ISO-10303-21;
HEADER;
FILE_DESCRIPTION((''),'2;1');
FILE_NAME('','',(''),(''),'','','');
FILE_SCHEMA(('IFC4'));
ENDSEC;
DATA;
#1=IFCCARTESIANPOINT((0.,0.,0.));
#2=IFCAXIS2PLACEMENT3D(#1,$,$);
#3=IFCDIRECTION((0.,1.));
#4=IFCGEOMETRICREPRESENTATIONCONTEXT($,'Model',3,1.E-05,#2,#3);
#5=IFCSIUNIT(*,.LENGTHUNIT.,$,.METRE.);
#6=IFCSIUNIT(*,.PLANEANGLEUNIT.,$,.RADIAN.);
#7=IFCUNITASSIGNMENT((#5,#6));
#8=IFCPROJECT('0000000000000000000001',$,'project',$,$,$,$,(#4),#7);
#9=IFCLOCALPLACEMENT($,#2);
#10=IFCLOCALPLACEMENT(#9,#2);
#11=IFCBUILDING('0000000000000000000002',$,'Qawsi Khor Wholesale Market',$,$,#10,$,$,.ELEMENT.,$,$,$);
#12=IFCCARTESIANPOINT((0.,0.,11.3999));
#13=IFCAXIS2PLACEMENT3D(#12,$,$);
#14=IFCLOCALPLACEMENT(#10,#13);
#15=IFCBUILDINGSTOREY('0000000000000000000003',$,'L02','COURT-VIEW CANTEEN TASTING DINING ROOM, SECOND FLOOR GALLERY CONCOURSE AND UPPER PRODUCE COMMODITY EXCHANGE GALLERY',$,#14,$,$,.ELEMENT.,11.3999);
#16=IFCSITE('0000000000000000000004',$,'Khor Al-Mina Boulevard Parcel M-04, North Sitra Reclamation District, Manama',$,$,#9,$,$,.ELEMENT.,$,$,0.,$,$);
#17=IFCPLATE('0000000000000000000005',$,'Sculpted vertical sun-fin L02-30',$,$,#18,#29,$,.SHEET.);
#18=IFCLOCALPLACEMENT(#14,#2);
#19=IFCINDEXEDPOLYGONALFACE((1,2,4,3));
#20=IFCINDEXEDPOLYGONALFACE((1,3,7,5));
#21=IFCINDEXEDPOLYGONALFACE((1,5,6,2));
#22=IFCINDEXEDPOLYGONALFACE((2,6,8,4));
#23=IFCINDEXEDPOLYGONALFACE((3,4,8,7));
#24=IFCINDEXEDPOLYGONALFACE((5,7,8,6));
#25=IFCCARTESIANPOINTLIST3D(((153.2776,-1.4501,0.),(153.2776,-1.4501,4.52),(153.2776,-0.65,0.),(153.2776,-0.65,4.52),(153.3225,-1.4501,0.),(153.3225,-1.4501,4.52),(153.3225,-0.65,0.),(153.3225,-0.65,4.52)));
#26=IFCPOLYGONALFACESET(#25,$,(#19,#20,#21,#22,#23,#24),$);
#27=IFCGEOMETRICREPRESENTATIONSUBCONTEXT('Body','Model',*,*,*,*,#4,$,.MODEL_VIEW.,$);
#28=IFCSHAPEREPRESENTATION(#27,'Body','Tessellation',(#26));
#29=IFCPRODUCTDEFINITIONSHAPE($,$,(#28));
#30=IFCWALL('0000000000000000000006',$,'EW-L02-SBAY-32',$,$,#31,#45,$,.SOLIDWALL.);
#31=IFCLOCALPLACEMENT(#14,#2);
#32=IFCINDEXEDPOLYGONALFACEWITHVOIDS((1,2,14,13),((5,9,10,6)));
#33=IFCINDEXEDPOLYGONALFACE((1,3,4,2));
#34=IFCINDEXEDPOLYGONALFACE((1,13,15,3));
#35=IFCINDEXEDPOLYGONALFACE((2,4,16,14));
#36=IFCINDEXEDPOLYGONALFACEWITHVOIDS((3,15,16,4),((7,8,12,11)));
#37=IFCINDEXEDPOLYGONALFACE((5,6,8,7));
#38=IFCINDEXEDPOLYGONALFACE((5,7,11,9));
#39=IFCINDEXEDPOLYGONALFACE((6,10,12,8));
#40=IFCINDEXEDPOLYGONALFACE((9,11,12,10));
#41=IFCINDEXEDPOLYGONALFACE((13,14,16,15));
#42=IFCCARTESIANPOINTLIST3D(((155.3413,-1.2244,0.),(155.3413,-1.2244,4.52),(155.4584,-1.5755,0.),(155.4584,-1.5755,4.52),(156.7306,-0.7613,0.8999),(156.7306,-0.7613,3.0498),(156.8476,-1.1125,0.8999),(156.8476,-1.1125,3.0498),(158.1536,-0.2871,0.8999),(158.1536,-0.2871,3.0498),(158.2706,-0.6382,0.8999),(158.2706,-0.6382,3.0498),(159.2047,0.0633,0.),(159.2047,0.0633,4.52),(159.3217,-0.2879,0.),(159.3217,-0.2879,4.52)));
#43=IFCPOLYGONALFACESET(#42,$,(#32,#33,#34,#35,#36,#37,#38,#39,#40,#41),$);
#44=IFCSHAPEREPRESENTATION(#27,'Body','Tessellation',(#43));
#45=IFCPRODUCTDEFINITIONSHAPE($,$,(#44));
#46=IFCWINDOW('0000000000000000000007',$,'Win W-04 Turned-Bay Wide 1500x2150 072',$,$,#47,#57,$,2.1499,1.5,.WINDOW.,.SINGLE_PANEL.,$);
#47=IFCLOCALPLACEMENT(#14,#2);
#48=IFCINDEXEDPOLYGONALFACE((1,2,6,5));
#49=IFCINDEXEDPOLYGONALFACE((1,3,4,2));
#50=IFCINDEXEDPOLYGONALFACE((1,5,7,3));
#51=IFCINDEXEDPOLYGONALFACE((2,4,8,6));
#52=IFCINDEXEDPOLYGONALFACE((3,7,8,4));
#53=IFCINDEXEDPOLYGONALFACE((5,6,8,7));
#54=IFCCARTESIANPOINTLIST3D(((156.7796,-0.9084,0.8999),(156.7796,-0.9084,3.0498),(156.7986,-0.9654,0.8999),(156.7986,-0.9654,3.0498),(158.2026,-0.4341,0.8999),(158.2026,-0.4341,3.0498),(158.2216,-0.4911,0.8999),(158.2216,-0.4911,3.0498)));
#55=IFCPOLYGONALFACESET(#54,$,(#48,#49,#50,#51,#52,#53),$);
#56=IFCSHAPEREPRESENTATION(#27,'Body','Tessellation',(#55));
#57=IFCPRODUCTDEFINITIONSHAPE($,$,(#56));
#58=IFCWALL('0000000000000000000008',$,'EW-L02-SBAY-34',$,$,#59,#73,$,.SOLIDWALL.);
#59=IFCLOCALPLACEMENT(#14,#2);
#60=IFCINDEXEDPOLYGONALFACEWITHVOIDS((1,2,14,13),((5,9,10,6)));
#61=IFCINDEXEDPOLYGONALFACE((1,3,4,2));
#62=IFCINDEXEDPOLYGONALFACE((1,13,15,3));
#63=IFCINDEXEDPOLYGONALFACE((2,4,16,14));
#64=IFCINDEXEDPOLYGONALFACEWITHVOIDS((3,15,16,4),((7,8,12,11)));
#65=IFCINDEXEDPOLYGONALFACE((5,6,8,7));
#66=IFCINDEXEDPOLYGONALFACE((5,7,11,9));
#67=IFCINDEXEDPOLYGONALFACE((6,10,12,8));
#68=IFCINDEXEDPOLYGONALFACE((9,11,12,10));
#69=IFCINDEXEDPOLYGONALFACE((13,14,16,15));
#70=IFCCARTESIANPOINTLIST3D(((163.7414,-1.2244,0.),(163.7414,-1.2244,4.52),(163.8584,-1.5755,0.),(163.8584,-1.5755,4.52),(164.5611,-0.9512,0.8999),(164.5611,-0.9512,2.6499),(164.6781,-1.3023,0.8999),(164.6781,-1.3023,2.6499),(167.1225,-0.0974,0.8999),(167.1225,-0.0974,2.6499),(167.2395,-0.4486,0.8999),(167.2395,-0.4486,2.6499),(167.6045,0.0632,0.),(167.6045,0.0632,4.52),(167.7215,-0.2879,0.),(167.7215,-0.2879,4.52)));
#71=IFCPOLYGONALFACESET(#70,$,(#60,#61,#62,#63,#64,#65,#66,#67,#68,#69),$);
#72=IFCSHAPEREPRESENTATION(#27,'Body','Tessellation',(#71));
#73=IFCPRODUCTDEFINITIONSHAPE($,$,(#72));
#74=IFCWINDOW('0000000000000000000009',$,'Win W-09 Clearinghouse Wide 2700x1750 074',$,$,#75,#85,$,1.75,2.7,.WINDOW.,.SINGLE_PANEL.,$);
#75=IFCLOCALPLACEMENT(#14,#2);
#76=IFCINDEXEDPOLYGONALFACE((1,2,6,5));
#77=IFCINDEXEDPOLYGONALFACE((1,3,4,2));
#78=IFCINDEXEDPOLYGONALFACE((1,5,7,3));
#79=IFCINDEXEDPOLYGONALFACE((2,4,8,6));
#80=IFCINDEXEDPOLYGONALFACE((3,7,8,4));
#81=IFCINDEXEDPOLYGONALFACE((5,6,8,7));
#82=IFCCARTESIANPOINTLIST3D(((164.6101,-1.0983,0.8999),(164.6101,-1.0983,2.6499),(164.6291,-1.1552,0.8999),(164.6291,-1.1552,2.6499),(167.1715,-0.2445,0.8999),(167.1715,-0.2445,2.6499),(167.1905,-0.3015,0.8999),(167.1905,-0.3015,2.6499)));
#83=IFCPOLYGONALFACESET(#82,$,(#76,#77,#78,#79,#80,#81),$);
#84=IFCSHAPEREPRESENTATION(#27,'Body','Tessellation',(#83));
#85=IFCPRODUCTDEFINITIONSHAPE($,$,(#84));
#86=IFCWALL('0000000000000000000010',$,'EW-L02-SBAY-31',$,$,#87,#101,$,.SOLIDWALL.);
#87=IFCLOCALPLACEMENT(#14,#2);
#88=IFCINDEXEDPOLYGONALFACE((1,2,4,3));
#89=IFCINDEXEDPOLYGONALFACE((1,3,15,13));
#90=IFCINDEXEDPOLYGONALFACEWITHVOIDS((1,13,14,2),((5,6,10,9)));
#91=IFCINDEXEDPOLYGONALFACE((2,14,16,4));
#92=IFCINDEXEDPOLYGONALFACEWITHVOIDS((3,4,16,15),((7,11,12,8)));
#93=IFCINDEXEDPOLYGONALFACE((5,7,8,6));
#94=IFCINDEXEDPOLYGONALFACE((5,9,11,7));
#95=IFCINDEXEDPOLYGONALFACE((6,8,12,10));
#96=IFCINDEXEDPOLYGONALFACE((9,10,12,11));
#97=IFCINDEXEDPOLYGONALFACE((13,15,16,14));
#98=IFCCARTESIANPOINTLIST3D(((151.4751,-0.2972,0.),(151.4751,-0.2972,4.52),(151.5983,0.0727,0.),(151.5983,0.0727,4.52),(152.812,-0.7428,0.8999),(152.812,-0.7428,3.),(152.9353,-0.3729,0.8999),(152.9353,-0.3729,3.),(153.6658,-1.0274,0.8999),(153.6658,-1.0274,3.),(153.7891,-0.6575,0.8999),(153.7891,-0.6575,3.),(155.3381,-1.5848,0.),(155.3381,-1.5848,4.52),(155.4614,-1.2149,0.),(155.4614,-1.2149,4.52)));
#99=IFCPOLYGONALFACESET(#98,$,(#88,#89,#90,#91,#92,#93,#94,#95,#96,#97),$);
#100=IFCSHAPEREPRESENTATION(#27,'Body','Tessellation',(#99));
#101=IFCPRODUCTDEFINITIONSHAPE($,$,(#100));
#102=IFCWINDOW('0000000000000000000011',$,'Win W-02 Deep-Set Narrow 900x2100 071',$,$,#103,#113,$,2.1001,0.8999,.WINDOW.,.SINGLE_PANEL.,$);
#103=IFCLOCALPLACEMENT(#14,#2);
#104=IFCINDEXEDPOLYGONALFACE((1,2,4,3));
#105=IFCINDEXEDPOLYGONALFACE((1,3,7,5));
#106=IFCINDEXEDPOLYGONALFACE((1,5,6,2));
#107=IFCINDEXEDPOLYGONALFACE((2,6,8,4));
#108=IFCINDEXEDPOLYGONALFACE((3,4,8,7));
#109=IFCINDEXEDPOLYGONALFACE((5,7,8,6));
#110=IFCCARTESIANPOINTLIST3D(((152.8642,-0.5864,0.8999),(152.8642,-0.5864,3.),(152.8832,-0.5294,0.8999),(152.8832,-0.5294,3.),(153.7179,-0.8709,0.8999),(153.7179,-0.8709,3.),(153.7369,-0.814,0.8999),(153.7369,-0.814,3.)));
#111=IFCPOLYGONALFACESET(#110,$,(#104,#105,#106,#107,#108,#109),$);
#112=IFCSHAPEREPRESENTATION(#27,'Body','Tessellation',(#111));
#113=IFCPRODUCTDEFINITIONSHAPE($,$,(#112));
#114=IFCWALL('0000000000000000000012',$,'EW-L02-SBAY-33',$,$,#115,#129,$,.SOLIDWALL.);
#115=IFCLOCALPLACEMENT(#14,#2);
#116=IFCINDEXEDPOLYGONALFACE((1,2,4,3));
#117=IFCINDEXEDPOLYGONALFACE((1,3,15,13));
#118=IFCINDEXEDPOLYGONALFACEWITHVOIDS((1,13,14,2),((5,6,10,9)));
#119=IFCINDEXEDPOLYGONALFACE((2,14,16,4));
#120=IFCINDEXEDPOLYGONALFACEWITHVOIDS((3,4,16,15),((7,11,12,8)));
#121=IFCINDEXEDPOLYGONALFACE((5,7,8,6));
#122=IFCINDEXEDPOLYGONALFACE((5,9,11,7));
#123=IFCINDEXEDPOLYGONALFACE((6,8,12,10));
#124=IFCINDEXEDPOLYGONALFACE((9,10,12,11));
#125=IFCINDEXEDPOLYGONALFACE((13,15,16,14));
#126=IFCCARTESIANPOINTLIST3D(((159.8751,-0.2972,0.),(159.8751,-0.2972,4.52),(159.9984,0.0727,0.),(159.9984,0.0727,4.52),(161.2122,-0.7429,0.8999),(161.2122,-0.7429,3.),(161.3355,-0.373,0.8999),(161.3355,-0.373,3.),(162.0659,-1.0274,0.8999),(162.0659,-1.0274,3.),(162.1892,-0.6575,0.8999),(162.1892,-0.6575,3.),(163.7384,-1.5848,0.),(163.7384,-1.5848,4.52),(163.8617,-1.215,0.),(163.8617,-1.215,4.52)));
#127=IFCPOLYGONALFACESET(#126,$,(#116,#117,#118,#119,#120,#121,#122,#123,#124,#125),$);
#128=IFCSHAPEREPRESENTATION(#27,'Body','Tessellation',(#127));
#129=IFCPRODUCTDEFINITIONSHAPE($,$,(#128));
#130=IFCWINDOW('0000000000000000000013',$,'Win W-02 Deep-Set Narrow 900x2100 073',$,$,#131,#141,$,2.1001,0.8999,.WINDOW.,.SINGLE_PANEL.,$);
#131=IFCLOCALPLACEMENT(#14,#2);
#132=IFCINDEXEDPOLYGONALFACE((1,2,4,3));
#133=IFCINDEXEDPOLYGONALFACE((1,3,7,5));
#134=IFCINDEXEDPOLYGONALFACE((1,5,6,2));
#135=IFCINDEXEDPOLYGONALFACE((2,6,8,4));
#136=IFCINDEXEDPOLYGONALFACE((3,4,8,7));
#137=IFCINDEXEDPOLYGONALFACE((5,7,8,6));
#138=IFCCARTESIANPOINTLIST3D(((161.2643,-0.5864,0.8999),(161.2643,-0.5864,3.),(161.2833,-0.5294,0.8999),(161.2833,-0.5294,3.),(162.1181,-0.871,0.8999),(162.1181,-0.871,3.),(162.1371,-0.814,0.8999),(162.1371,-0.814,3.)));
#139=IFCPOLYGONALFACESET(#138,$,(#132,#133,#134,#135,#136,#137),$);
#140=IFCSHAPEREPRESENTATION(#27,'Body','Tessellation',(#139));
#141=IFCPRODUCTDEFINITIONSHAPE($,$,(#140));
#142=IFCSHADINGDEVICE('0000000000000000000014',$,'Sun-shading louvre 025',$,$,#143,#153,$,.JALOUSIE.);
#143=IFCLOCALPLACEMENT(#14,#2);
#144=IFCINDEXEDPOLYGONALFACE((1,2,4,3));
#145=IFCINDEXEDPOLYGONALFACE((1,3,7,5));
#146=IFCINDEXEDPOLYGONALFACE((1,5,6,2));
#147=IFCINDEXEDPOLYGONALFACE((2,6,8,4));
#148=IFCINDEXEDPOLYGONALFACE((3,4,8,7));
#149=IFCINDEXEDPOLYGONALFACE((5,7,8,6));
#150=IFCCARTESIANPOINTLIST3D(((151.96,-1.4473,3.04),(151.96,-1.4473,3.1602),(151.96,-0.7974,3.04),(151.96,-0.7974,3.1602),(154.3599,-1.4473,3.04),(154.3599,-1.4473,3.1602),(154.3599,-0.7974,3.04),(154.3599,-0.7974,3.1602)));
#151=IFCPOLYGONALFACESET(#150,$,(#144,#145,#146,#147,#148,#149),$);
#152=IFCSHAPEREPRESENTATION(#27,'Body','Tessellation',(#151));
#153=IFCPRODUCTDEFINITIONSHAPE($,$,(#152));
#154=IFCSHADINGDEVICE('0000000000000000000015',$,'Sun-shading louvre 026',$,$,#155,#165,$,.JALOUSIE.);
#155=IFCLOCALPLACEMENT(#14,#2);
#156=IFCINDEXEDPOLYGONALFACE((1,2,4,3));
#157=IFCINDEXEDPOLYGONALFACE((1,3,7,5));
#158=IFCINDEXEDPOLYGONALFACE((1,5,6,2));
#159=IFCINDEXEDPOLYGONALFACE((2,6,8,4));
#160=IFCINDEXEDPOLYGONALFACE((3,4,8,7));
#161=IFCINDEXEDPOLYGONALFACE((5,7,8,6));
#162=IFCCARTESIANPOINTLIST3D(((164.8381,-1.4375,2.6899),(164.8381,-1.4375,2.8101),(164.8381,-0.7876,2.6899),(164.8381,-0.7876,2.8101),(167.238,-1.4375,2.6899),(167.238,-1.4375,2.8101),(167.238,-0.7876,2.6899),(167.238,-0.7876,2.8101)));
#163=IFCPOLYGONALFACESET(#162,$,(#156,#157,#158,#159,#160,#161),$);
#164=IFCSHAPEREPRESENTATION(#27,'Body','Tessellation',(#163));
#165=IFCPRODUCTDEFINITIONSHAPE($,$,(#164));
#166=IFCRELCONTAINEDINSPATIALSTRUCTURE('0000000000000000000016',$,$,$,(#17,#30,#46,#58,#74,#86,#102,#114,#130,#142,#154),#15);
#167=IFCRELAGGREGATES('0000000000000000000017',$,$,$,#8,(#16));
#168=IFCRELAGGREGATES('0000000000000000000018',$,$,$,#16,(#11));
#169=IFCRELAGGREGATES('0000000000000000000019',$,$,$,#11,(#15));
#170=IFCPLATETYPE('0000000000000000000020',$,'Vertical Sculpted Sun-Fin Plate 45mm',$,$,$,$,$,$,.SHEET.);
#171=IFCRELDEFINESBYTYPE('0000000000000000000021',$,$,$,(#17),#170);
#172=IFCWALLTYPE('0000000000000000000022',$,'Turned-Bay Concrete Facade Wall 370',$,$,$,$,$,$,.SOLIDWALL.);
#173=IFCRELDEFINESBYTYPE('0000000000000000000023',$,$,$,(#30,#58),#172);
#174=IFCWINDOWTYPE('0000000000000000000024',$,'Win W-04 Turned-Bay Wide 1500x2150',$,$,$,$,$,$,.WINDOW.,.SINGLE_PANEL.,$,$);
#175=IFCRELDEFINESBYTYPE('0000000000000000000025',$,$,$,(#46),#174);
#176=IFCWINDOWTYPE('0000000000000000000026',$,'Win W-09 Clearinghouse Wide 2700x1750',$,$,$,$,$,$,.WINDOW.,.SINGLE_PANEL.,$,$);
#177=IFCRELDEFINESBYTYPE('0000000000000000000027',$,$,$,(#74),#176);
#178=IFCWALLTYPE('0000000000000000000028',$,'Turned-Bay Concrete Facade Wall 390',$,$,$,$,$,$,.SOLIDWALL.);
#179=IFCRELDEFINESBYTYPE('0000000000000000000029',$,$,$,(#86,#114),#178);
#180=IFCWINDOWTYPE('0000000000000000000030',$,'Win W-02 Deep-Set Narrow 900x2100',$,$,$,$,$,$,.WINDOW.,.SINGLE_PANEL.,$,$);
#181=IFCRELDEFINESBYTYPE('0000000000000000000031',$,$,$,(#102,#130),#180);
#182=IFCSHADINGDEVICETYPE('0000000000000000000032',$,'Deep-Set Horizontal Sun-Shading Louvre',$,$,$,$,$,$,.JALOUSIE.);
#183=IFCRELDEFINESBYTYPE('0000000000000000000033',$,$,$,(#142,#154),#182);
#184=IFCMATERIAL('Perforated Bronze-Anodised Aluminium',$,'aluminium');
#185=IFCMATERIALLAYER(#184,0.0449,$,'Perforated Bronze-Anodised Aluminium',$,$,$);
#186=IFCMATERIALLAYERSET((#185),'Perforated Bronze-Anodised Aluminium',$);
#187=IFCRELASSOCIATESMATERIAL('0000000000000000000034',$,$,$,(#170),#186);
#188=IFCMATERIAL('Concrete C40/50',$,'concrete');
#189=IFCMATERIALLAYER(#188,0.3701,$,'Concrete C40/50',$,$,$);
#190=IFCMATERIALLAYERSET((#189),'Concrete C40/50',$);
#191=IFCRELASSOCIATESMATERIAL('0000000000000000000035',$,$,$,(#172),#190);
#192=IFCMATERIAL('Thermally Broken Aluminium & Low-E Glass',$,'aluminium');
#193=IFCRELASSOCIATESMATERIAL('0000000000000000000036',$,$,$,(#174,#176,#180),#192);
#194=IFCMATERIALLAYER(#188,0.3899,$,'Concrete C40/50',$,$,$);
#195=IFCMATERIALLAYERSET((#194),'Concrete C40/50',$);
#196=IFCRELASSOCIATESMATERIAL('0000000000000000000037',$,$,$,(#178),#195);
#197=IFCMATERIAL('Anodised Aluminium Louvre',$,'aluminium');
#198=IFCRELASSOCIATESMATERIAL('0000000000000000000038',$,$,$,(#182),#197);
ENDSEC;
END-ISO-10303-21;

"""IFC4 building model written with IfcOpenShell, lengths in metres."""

from ifc_helpers import new_model, si_unit, direction, frame, frame_2d, origin, origin_2d, place, context, subcontext, project, spatial, rectangle, extrude, material, layer, layer_set, type_object, element, fill, save


model = new_model("IFC4")

# Units and contexts
model_context = context("Model", 3, precision=1e-05, world=origin(), true_north=direction((0.0, 1.0)))
body_context = subcontext(model_context, "Body", "Model", "MODEL_VIEW")
ifc_project = project(units=[si_unit("LENGTHUNIT", "METRE"), si_unit("PLANEANGLEUNIT", "RADIAN")], contexts=[model_context])

# Site, building, storey
site_placement = place(None, origin())
site = spatial("IfcSite", under=ifc_project, at=site_placement, Name="Khor Al-Mina Boulevard Parcel M-04, North Sitra Reclamation District, Manama", CompositionType="ELEMENT", RefElevation=0.0)
building_placement = place(site_placement, origin())
building = spatial("IfcBuilding", under=site, at=building_placement, Name="Qawsi Khor Wholesale Market", CompositionType="ELEMENT")
storey_placement = place(building_placement, frame((0.0, 0.0, 11.3999)))
storey = spatial("IfcBuildingStorey", under=building, at=storey_placement, Name="L02", Description="COURT-VIEW CANTEEN TASTING DINING ROOM, SECOND FLOOR GALLERY CONCOURSE AND UPPER PRODUCE COMMODITY EXCHANGE GALLERY", CompositionType="ELEMENT", Elevation=11.3999)

# Shared definitions
ifc_material_1 = material(Name="Concrete C40/50", Category="concrete")

# Plate
ifc_material_2 = material(Name="Perforated Bronze-Anodised Aluminium", Category="aluminium")
ifc_layer_1 = layer(ifc_material_2, 0.0449, Name="Perforated Bronze-Anodised Aluminium")
ifc_layer_set_1 = layer_set([ifc_layer_1], Name="Perforated Bronze-Anodised Aluminium")
plate_type_1 = type_object("IfcPlateType", Name="Vertical Sculpted Sun-Fin Plate 45mm", PredefinedType="SHEET", material=ifc_layer_set_1)
plate_1_placement = place(storey_placement, frame((153.3, -1.45, 0.0), z_axis=(0.0, 0.0, 1.0), x_axis=(0.0, 1.0, 0.0)))
element("IfcPlate", 1, at=plate_1_placement, inside=storey, type_object=plate_type_1, Name="Sculpted vertical sun-fin L02-30", PredefinedType="SHEET", context=body_context, shape_type="SweptSolid", body=[
    extrude(rectangle(XDim=0.8, YDim=0.0449, at=frame_2d((0.3999, 0.0))), origin(), (0.0, 0.0, 1.0), 4.52),
])

# Walls, openings, windows
ifc_layer_2 = layer(ifc_material_1, 0.3701, Name="Concrete C40/50")
ifc_layer_set_2 = layer_set([ifc_layer_2], Name="Concrete C40/50")
wall_type_1 = type_object("IfcWallType", Name="Turned-Bay Concrete Facade Wall 370", PredefinedType="SOLIDWALL", material=ifc_layer_set_2)
wall_1_placement = place(storey_placement, frame((159.2632, -0.1123, 0.0), z_axis=(0.0, 0.0, 1.0), x_axis=(-0.948695, -0.316192, 0.0)))
wall_1 = element("IfcWall", 2, at=wall_1_placement, inside=storey, type_object=wall_type_1, Name="EW-L02-SBAY-32", PredefinedType="SOLIDWALL", context=body_context, shape_type="SweptSolid", body=[
    extrude(rectangle(XDim=4.0723, YDim=0.3701, at=frame_2d((2.0361, 0.0))), origin(), (0.0, 0.0, 1.0), 4.52),
])
opening_1_placement = place(wall_1_placement, frame((1.1079, 0.0, 0.8999)))
opening_1 = element("IfcOpeningElement", 3, at=opening_1_placement, cuts=wall_1, PredefinedType="OPENING", context=body_context, shape_type="SweptSolid", body=[
    extrude(rectangle(XDim=1.5, YDim=2.1499, at=frame_2d((0.75, 1.075))), frame((0.0, 0.1951, 0.0), z_axis=(0.0, -1.0, 0.0), x_axis=(1.0, 0.0, 0.0)), (0.0, 0.0, 1.0), 0.3901),
])
ifc_material_3 = material(Name="Thermally Broken Aluminium & Low-E Glass", Category="aluminium")
window_type_1 = type_object("IfcWindowType", Name="Win W-04 Turned-Bay Wide 1500x2150", PartitioningType="SINGLE_PANEL", PredefinedType="WINDOW", material=ifc_material_3)
window_1_placement = place(opening_1_placement, origin())
window_1 = element("IfcWindow", 4, at=window_1_placement, inside=storey, type_object=window_type_1, Name="Win W-04 Turned-Bay Wide 1500x2150 072", OverallHeight=2.1499, OverallWidth=1.5, PartitioningType="SINGLE_PANEL", PredefinedType="WINDOW", context=body_context, shape_type="SweptSolid", body=[
    extrude(rectangle(XDim=1.5, YDim=2.1499, at=frame_2d((0.75, 1.075))), frame((0.0, 0.03, 0.0), z_axis=(0.0, -1.0, 0.0), x_axis=(1.0, 0.0, 0.0)), (0.0, 0.0, 1.0), 0.0601),
])
fill(opening_1, window_1)
wall_2_placement = place(storey_placement, frame((167.6631, -0.1123, 0.0), z_axis=(0.0, 0.0, 1.0), x_axis=(-0.948689, -0.31621, 0.0)))
wall_2 = element("IfcWall", 5, at=wall_2_placement, inside=storey, type_object=wall_type_1, Name="EW-L02-SBAY-34", PredefinedType="SOLIDWALL", context=body_context, shape_type="SweptSolid", body=[
    extrude(rectangle(XDim=4.072, YDim=0.3701, at=frame_2d((2.0361, 0.0))), origin(), (0.0, 0.0, 1.0), 4.52),
])
opening_2_placement = place(wall_2_placement, frame((0.5081, 0.0, 0.8999)))
opening_2 = element("IfcOpeningElement", 6, at=opening_2_placement, cuts=wall_2, PredefinedType="OPENING", context=body_context, shape_type="SweptSolid", body=[
    extrude(rectangle(XDim=2.7, YDim=1.75, at=frame_2d((1.3501, 0.875))), frame((0.0, 0.1951, 0.0), z_axis=(0.0, -1.0, 0.0), x_axis=(1.0, 0.0, 0.0)), (0.0, 0.0, 1.0), 0.3901),
])
window_type_2 = type_object("IfcWindowType", Name="Win W-09 Clearinghouse Wide 2700x1750", PartitioningType="SINGLE_PANEL", PredefinedType="WINDOW", material=ifc_material_3)
window_2_placement = place(opening_2_placement, origin())
window_2 = element("IfcWindow", 7, at=window_2_placement, inside=storey, type_object=window_type_2, Name="Win W-09 Clearinghouse Wide 2700x1750 074", OverallHeight=1.75, OverallWidth=2.7, PartitioningType="SINGLE_PANEL", PredefinedType="WINDOW", context=body_context, shape_type="SweptSolid", body=[
    extrude(rectangle(XDim=2.7, YDim=1.75, at=frame_2d((1.3501, 0.875))), frame((0.0, 0.03, 0.0), z_axis=(0.0, -1.0, 0.0), x_axis=(1.0, 0.0, 0.0)), (0.0, 0.0, 1.0), 0.0601),
])
fill(opening_2, window_2)
ifc_layer_3 = layer(ifc_material_1, 0.3899, Name="Concrete C40/50")
ifc_layer_set_3 = layer_set([ifc_layer_3], Name="Concrete C40/50")
wall_type_2 = type_object("IfcWallType", Name="Turned-Bay Concrete Facade Wall 390", PredefinedType="SOLIDWALL", material=ifc_layer_set_3)
wall_3_placement = place(storey_placement, frame((155.3999, -1.3999, 0.0), z_axis=(0.0, 0.0, 1.0), x_axis=(-0.948689, 0.31621, 0.0)))
wall_3 = element("IfcWall", 8, at=wall_3_placement, inside=storey, type_object=wall_type_2, Name="EW-L02-SBAY-31", PredefinedType="SOLIDWALL", context=body_context, shape_type="SweptSolid", body=[
    extrude(rectangle(XDim=4.072, YDim=0.3899, at=frame_2d((2.0361, 0.0))), origin(), (0.0, 0.0, 1.0), 4.52),
])
opening_3_placement = place(wall_3_placement, frame((1.7629, 0.0, 0.8999)))
opening_3 = element("IfcOpeningElement", 9, at=opening_3_placement, cuts=wall_3, PredefinedType="OPENING", context=body_context, shape_type="SweptSolid", body=[
    extrude(rectangle(XDim=0.8999, YDim=2.1001, at=frame_2d((0.45, 1.05))), frame((0.0, 0.2048, 0.0), z_axis=(0.0, -1.0, 0.0), x_axis=(1.0, 0.0, 0.0)), (0.0, 0.0, 1.0), 0.4099),
])
window_type_3 = type_object("IfcWindowType", Name="Win W-02 Deep-Set Narrow 900x2100", PartitioningType="SINGLE_PANEL", PredefinedType="WINDOW", material=ifc_material_3)
window_3_placement = place(opening_3_placement, origin())
window_3 = element("IfcWindow", 10, at=window_3_placement, inside=storey, type_object=window_type_3, Name="Win W-02 Deep-Set Narrow 900x2100 071", OverallHeight=2.1001, OverallWidth=0.8999, PartitioningType="SINGLE_PANEL", PredefinedType="WINDOW", context=body_context, shape_type="SweptSolid", body=[
    extrude(rectangle(XDim=0.8999, YDim=2.1001, at=frame_2d((0.45, 1.05))), frame((0.0, 0.03, 0.0), z_axis=(0.0, -1.0, 0.0), x_axis=(1.0, 0.0, 0.0)), (0.0, 0.0, 1.0), 0.0601),
])
fill(opening_3, window_3)
wall_4_placement = place(storey_placement, frame((163.8, -1.3999, 0.0), z_axis=(0.0, 0.0, 1.0), x_axis=(-0.948695, 0.316192, 0.0)))
wall_4 = element("IfcWall", 11, at=wall_4_placement, inside=storey, type_object=wall_type_2, Name="EW-L02-SBAY-33", PredefinedType="SOLIDWALL", context=body_context, shape_type="SweptSolid", body=[
    extrude(rectangle(XDim=4.0723, YDim=0.3899, at=frame_2d((2.0361, 0.0))), origin(), (0.0, 0.0, 1.0), 4.52),
])
opening_4_placement = place(wall_4_placement, frame((1.7629, 0.0, 0.8999)))
opening_4 = element("IfcOpeningElement", 12, at=opening_4_placement, cuts=wall_4, PredefinedType="OPENING", context=body_context, shape_type="SweptSolid", body=[
    extrude(rectangle(XDim=0.8999, YDim=2.1001, at=frame_2d((0.45, 1.05))), frame((0.0, 0.2048, 0.0), z_axis=(0.0, -1.0, 0.0), x_axis=(1.0, 0.0, 0.0)), (0.0, 0.0, 1.0), 0.4099),
])
window_4_placement = place(opening_4_placement, origin())
window_4 = element("IfcWindow", 13, at=window_4_placement, inside=storey, type_object=window_type_3, Name="Win W-02 Deep-Set Narrow 900x2100 073", OverallHeight=2.1001, OverallWidth=0.8999, PartitioningType="SINGLE_PANEL", PredefinedType="WINDOW", context=body_context, shape_type="SweptSolid", body=[
    extrude(rectangle(XDim=0.8999, YDim=2.1001, at=frame_2d((0.45, 1.05))), frame((0.0, 0.03, 0.0), z_axis=(0.0, -1.0, 0.0), x_axis=(1.0, 0.0, 0.0)), (0.0, 0.0, 1.0), 0.0601),
])
fill(opening_4, window_4)

# Shading devices
ifc_material_4 = material(Name="Anodised Aluminium Louvre", Category="aluminium")
shading_device_type = type_object("IfcShadingDeviceType", Name="Deep-Set Horizontal Sun-Shading Louvre", PredefinedType="JALOUSIE", material=ifc_material_4)
for number, where, z_axis, x_axis, name in (
    (14, (153.1599, -1.1223, 3.04), (0.0, 0.0, 1.0), (1.0, 0.0, 0.0), "Sun-shading louvre 025"),
    (15, (166.0381, -1.1125, 2.6899), (0.0, 0.0, 1.0), (1.0, 0.0, 0.0), "Sun-shading louvre 026"),
):
    element("IfcShadingDevice", number, at=place(storey_placement, frame(where, z_axis=z_axis, x_axis=x_axis)), inside=storey, type_object=shading_device_type, Name=name, PredefinedType="JALOUSIE", context=body_context, shape_type="SweptSolid", body=[
        extrude(rectangle(XDim=2.3999, YDim=0.6499, at=origin_2d()), origin(), (0.0, 0.0, 1.0), 0.1201),
    ])

save(model, "model.ifc")
